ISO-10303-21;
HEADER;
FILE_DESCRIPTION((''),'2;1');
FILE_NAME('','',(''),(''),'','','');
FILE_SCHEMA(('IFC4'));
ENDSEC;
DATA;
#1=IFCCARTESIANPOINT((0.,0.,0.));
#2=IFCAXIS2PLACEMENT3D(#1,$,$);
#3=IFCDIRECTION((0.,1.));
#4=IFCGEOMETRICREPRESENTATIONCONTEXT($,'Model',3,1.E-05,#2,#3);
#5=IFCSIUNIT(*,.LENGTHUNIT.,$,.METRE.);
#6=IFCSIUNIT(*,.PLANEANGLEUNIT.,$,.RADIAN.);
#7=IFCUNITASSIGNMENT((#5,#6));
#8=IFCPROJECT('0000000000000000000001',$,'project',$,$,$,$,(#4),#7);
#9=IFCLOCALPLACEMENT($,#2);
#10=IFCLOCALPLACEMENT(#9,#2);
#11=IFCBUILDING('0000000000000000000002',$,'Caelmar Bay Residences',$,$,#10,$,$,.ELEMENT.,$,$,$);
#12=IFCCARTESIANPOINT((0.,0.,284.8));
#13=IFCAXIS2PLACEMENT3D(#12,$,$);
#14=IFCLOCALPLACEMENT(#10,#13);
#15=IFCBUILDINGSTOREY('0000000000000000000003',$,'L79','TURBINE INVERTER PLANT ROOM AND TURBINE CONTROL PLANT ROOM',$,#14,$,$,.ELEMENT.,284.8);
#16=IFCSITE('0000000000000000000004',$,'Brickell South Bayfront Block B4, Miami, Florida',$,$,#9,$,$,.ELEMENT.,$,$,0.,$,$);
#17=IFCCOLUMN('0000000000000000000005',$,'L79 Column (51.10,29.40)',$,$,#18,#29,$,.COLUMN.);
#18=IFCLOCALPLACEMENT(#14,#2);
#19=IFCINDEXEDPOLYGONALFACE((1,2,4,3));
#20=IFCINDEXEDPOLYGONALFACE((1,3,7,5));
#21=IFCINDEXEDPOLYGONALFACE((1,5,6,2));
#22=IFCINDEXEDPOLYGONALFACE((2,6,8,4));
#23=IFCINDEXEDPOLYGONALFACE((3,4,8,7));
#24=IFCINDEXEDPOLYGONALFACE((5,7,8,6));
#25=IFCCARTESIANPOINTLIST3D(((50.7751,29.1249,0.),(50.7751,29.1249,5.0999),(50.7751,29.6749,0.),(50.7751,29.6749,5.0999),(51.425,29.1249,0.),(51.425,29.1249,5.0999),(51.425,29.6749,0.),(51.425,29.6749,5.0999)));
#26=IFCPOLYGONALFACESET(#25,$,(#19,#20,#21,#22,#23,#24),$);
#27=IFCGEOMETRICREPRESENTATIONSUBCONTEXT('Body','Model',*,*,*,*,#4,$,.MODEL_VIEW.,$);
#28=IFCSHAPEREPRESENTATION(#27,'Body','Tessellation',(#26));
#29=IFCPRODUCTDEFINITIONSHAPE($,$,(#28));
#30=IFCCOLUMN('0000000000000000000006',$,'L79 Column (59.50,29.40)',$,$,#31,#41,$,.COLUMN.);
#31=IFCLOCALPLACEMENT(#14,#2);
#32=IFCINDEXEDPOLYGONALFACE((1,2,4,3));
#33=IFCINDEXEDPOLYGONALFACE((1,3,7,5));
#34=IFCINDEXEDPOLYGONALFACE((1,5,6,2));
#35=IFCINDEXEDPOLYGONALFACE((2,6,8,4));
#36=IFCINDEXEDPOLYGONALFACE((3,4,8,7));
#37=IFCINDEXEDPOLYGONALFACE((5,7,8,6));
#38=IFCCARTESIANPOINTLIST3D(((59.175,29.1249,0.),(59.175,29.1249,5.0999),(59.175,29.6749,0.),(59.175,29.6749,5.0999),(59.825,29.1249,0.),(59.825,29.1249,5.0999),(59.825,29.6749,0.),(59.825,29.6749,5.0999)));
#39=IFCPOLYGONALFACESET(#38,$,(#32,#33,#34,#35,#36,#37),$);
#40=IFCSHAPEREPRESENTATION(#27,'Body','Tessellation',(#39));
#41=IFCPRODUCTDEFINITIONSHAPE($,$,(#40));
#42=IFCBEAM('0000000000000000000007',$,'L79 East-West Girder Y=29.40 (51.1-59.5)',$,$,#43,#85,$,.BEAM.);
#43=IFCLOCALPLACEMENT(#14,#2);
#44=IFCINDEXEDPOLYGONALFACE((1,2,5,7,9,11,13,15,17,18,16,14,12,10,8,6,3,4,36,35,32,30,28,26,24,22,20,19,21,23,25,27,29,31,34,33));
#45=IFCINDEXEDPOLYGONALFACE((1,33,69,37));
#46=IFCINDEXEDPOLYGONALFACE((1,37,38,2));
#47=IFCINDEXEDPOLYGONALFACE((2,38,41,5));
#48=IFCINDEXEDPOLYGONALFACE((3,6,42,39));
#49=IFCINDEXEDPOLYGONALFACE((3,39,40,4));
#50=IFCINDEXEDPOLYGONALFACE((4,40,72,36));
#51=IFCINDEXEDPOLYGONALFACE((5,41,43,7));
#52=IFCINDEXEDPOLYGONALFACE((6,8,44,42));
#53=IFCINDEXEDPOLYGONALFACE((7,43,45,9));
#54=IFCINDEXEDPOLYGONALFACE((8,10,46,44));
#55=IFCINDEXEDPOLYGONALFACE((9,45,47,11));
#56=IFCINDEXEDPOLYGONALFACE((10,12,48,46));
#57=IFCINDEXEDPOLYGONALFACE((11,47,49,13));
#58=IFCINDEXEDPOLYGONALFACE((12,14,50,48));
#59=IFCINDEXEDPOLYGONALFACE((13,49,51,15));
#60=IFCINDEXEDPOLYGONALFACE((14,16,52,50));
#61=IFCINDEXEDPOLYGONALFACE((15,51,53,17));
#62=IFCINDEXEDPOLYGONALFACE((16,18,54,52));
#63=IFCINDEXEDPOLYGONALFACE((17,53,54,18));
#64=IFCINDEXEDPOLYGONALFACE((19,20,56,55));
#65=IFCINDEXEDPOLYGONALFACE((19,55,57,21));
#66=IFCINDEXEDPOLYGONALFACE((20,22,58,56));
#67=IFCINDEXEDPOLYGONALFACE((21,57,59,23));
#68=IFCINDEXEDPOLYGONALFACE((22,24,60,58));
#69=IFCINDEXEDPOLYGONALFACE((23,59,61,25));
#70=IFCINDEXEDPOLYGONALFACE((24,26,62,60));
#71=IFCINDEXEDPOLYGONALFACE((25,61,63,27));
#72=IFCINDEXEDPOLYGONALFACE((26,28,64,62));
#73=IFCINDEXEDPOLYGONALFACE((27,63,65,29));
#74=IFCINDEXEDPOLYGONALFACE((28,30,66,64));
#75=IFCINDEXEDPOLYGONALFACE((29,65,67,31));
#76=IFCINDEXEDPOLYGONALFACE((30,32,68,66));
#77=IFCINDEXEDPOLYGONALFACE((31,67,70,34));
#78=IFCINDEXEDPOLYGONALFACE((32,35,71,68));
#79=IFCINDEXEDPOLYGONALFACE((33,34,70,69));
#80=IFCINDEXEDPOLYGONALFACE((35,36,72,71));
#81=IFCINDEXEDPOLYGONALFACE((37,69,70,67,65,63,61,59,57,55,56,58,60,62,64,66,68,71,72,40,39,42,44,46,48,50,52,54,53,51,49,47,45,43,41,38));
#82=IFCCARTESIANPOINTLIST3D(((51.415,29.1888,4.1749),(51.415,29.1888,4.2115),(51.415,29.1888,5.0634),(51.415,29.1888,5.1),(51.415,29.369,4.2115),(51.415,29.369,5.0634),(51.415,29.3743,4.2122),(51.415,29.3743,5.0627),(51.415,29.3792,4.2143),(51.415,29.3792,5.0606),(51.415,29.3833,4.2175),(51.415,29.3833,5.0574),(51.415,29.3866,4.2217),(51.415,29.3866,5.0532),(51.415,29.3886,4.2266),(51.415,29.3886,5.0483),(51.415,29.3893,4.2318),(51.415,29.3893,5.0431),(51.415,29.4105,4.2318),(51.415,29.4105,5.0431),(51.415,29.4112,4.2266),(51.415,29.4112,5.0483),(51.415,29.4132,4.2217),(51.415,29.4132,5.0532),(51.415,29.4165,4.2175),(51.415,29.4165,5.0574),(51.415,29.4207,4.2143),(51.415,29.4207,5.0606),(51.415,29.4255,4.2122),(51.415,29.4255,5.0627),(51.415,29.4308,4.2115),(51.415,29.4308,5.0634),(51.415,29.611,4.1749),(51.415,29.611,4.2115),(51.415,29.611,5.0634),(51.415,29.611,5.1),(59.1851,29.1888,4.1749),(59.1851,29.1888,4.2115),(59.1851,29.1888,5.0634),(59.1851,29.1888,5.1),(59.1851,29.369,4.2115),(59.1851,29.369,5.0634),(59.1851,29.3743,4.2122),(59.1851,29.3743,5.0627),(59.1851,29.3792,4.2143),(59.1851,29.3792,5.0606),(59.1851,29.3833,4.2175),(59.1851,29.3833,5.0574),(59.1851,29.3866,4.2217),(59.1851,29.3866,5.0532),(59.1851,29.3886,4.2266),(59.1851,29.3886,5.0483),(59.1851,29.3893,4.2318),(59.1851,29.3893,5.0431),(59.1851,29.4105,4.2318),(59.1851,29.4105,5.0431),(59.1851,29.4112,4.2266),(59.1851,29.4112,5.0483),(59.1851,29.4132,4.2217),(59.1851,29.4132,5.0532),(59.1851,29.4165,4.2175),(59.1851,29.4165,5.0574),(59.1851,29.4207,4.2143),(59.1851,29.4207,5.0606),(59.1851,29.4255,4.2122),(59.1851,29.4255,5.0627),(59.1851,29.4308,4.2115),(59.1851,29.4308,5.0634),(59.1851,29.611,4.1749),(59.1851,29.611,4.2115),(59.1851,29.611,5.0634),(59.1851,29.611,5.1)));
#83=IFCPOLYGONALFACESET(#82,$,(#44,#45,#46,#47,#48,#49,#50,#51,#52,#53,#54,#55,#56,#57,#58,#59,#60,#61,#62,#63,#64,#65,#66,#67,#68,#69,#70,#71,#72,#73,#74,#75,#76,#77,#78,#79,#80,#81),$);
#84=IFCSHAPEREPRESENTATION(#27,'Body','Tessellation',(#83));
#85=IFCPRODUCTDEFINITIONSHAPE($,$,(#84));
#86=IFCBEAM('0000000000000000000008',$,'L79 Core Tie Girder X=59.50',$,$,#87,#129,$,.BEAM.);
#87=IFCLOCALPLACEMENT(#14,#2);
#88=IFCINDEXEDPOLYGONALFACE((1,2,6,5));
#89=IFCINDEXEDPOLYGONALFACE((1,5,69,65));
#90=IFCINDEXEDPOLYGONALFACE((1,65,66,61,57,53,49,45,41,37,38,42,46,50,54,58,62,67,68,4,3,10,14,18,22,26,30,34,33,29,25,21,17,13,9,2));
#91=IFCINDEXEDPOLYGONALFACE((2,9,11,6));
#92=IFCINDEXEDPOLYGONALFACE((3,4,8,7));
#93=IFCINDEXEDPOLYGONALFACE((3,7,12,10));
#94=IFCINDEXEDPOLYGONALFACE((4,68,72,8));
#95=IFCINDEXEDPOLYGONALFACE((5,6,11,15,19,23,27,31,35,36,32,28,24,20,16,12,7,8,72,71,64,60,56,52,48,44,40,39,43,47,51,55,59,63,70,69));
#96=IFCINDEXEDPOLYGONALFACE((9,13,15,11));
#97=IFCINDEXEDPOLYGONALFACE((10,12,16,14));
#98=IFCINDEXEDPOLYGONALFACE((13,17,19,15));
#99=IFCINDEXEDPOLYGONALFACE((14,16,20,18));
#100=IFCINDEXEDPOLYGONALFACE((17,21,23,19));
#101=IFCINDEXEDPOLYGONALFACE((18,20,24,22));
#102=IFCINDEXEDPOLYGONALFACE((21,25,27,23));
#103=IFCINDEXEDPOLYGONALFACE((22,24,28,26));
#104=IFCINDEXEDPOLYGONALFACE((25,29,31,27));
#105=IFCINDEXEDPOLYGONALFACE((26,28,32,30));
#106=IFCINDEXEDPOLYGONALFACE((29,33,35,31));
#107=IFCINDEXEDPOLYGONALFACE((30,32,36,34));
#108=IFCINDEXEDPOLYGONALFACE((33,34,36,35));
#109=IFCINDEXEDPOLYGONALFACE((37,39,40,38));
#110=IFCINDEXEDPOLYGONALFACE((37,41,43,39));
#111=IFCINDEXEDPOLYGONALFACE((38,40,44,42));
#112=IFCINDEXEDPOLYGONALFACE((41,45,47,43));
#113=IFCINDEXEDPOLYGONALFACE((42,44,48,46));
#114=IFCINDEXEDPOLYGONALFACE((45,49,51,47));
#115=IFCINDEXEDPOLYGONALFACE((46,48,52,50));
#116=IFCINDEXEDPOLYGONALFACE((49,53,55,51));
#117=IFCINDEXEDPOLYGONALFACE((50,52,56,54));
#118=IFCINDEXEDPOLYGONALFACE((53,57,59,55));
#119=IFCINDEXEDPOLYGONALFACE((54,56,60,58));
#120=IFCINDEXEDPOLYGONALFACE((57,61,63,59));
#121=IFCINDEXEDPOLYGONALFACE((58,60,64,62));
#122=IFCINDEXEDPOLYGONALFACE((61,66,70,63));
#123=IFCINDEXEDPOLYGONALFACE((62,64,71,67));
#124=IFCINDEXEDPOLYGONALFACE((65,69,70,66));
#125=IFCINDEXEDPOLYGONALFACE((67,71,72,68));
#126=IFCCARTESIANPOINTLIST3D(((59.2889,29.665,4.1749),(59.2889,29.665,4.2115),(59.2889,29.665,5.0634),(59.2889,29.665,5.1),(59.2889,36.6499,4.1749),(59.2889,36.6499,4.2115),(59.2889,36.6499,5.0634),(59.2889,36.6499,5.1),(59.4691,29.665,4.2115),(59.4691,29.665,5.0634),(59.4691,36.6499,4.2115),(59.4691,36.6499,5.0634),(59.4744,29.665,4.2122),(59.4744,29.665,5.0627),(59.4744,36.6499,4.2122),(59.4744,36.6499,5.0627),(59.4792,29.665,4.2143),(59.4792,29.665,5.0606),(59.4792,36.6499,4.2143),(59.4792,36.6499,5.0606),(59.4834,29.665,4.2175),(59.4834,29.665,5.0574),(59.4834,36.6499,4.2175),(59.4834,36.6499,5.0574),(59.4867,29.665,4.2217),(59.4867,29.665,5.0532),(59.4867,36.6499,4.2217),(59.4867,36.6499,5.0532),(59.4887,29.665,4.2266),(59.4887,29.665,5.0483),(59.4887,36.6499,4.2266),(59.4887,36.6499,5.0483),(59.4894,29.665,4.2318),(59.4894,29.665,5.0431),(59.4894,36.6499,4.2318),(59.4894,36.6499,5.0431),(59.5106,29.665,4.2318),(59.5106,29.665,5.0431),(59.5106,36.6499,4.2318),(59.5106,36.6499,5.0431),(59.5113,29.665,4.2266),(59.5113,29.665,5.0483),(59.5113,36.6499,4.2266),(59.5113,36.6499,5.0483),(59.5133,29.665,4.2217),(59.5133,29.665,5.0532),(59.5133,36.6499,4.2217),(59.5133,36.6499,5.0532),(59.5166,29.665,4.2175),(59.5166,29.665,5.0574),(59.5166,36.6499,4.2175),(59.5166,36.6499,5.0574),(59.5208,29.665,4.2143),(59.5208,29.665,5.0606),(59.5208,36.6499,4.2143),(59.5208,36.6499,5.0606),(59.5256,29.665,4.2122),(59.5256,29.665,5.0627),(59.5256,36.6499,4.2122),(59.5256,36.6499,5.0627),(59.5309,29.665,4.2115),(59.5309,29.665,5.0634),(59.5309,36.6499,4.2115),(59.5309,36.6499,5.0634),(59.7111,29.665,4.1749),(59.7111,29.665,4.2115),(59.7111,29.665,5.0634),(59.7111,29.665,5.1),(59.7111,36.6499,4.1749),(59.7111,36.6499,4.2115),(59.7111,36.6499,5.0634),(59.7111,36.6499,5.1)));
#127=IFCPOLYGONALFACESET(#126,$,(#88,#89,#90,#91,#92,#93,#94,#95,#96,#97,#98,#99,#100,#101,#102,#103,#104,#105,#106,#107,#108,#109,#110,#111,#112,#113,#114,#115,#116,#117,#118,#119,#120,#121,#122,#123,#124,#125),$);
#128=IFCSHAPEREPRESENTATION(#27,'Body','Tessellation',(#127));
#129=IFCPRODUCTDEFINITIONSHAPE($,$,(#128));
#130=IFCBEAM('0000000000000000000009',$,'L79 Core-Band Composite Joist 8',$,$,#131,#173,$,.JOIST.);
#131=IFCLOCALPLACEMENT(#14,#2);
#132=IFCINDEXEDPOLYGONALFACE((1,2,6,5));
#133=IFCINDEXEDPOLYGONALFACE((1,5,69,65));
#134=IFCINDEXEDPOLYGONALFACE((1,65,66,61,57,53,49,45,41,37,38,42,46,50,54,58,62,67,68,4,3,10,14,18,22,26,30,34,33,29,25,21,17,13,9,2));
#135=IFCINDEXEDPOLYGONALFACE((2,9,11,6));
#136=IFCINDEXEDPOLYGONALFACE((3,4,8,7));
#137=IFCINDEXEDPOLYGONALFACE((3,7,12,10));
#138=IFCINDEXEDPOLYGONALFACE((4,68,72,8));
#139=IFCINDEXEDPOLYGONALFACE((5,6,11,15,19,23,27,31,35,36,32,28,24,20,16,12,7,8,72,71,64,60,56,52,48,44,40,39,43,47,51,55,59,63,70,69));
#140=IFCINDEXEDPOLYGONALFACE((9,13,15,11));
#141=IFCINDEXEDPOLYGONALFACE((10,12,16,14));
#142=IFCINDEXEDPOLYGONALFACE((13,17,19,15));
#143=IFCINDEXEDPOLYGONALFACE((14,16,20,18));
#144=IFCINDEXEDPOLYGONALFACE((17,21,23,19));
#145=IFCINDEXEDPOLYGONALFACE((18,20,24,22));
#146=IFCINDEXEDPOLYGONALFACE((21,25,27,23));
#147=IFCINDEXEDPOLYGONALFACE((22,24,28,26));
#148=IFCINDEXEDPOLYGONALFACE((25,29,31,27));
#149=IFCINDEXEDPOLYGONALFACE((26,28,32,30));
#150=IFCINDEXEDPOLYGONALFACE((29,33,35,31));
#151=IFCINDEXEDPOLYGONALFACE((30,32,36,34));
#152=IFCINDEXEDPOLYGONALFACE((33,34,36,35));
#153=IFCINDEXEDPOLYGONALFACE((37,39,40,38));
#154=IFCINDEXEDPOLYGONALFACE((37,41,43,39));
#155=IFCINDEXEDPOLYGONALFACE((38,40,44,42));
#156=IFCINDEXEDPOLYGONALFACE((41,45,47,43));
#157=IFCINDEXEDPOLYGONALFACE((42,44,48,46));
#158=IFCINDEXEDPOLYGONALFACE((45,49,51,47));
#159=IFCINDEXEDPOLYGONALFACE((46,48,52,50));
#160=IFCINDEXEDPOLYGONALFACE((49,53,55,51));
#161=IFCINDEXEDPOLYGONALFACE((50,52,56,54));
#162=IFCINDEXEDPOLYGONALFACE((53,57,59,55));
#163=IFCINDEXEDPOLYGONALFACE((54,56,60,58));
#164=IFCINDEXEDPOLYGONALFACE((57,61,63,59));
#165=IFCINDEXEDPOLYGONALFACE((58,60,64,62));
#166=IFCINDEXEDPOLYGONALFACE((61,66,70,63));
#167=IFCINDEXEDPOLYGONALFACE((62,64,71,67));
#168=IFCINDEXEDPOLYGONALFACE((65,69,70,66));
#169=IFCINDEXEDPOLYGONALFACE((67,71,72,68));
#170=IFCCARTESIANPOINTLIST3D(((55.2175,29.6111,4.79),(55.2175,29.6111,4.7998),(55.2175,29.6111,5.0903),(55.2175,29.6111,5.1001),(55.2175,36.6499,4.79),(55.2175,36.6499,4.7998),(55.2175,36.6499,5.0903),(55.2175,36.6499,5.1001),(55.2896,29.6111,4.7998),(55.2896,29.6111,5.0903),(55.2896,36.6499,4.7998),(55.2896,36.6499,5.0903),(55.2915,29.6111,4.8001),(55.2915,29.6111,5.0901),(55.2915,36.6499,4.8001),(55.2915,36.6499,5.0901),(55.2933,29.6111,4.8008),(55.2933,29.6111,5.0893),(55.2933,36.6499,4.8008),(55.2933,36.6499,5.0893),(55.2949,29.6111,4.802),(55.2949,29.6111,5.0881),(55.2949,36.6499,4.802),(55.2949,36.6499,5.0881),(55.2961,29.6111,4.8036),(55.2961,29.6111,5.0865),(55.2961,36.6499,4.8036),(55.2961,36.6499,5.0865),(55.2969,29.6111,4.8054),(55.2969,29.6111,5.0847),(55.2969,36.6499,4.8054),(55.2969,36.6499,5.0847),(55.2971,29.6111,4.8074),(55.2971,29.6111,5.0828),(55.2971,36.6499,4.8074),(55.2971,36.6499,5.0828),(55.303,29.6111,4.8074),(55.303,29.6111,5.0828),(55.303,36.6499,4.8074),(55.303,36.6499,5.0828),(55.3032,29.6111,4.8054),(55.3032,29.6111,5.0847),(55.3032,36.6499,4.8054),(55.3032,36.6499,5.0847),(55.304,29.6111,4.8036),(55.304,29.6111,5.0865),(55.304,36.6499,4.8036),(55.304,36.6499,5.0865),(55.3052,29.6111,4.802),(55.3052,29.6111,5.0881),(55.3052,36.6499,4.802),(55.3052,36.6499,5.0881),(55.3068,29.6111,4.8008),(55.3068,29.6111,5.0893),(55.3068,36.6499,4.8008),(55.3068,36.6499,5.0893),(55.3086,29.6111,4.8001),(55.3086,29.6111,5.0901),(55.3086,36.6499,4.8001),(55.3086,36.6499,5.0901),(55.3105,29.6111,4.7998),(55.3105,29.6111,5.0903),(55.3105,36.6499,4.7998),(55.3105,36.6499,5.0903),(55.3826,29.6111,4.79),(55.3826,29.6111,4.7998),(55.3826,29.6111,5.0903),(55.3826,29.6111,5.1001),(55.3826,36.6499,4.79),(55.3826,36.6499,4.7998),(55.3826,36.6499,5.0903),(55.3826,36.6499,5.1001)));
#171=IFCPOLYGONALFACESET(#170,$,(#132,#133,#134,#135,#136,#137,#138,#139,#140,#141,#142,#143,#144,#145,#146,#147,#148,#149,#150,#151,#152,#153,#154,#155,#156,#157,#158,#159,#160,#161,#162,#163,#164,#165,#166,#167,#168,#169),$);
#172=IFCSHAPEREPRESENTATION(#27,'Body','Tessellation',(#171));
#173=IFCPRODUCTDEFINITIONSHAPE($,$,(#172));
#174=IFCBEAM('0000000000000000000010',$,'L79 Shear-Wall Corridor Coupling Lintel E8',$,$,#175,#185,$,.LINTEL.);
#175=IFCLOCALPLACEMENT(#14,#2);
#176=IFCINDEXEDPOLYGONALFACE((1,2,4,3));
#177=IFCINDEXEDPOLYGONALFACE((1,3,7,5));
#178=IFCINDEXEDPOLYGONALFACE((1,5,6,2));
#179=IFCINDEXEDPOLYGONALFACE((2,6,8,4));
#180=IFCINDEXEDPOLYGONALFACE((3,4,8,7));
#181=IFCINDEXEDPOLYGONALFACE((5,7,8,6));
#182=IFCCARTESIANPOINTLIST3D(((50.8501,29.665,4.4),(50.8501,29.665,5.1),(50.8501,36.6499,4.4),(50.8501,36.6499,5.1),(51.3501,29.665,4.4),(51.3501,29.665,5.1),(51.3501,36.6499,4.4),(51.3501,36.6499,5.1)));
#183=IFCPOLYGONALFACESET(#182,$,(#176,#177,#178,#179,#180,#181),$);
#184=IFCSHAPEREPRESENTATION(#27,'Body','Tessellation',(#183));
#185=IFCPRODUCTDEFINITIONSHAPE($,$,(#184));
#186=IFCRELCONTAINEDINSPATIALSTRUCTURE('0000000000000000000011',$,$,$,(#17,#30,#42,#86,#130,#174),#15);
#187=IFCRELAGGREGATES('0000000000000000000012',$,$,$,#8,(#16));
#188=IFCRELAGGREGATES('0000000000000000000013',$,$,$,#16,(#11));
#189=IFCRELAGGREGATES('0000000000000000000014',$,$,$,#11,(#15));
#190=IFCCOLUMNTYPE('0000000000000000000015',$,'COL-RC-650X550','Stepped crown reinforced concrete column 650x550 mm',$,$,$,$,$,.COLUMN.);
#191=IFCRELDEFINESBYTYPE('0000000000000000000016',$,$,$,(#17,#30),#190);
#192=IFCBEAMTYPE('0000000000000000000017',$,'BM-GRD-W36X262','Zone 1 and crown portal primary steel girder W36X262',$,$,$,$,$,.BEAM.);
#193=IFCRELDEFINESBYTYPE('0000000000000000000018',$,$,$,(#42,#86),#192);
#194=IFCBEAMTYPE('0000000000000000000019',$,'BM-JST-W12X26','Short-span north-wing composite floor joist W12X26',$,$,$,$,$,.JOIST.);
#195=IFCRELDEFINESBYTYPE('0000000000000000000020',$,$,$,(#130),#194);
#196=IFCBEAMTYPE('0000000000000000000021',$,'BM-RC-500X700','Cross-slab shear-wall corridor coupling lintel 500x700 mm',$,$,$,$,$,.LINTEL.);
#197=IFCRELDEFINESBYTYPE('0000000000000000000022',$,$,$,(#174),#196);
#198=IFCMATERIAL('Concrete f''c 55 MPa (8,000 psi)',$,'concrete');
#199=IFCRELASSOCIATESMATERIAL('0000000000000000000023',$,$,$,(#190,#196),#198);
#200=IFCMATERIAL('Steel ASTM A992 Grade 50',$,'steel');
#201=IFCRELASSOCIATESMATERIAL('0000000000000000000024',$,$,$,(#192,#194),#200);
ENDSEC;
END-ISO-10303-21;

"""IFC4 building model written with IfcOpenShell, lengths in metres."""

from ifc_helpers import new_model, si_unit, direction, frame, origin, origin_2d, place, context, subcontext, project, spatial, rectangle, i_section, extrude, material, material_profile, profile_set, type_object, element, save


model = new_model("IFC4")

# Units and contexts
model_context = context("Model", 3, precision=1e-05, world=origin(), true_north=direction((0.0, 1.0)))
body_context = subcontext(model_context, "Body", "Model", "MODEL_VIEW")
ifc_project = project(units=[si_unit("LENGTHUNIT", "METRE"), si_unit("PLANEANGLEUNIT", "RADIAN")], contexts=[model_context])

# Site, building, storey
site_placement = place(None, origin())
site = spatial("IfcSite", under=ifc_project, at=site_placement, Name="Brickell South Bayfront Block B4, Miami, Florida", CompositionType="ELEMENT", RefElevation=0.0)
building_placement = place(site_placement, origin())
building = spatial("IfcBuilding", under=site, at=building_placement, Name="Caelmar Bay Residences", CompositionType="ELEMENT")
storey_placement = place(building_placement, frame((0.0, 0.0, 284.8)))
storey = spatial("IfcBuildingStorey", under=building, at=storey_placement, Name="L79", Description="TURBINE INVERTER PLANT ROOM AND TURBINE CONTROL PLANT ROOM", CompositionType="ELEMENT", Elevation=284.8)

# Columns
ifc_material_1 = material(Name="Concrete f'c 55 MPa (8,000 psi)", Category="concrete")
ifc_material_profile_1 = material_profile(ifc_material_1, rectangle(XDim=0.6499, YDim=0.55, at=origin_2d()), Name="RC-COL-650X550")
ifc_profile_set_1 = profile_set([ifc_material_profile_1], Name="Concrete f'c 55 MPa (8,000 psi)")
column_type = type_object("IfcColumnType", Name="COL-RC-650X550", Description="Stepped crown reinforced concrete column 650x550 mm", PredefinedType="COLUMN", material=ifc_profile_set_1)
for number, where, z_axis, x_axis, name in (
    (1, (51.1001, 29.3999, 0.0), (0.0, 0.0, 1.0), (1.0, 0.0, 0.0), "L79 Column (51.10,29.40)"),
    (2, (59.5, 29.3999, 0.0), (0.0, 0.0, 1.0), (1.0, 0.0, 0.0), "L79 Column (59.50,29.40)"),
):
    element("IfcColumn", number, at=place(storey_placement, frame(where, z_axis=z_axis, x_axis=x_axis)), inside=storey, type_object=column_type, Name=name, PredefinedType="COLUMN", context=body_context, shape_type="SweptSolid", body=[
        extrude(rectangle(XDim=0.6499, YDim=0.55, at=origin_2d()), origin(), (0.0, 0.0, 1.0), 5.0999),
    ])

# Beams
ifc_material_2 = material(Name="Steel ASTM A992 Grade 50", Category="steel")
ifc_material_profile_2 = material_profile(ifc_material_2, i_section(OverallWidth=0.4221, OverallDepth=0.925, WebThickness=0.0212, FlangeThickness=0.0366, FilletRadius=0.0203, at=origin_2d()), Name="W36X262")
ifc_profile_set_2 = profile_set([ifc_material_profile_2], Name="Steel ASTM A992 Grade 50")
beam_type_1 = type_object("IfcBeamType", Name="BM-GRD-W36X262", Description="Zone 1 and crown portal primary steel girder W36X262", PredefinedType="BEAM", material=ifc_profile_set_2)
beam_1_placement = place(storey_placement, frame((51.415, 29.3999, 4.6375), z_axis=(1.0, 0.0, 0.0), x_axis=(0.0, 1.0, 0.0)))
element("IfcBeam", 3, at=beam_1_placement, inside=storey, type_object=beam_type_1, Name="L79 East-West Girder Y=29.40 (51.1-59.5)", PredefinedType="BEAM", context=body_context, shape_type="SweptSolid", body=[
    extrude(i_section(OverallWidth=0.4221, OverallDepth=0.925, WebThickness=0.0212, FlangeThickness=0.0366, FilletRadius=0.0203, at=origin_2d()), origin(), (0.0, 0.0, 1.0), 7.77),
])
beam_2_placement = place(storey_placement, frame((59.5, 29.665, 4.6375), z_axis=(0.0, 1.0, 0.0), x_axis=(-1.0, 0.0, 0.0)))
element("IfcBeam", 4, at=beam_2_placement, inside=storey, type_object=beam_type_1, Name="L79 Core Tie Girder X=59.50", PredefinedType="BEAM", context=body_context, shape_type="SweptSolid", body=[
    extrude(i_section(OverallWidth=0.4221, OverallDepth=0.925, WebThickness=0.0212, FlangeThickness=0.0366, FilletRadius=0.0203, at=origin_2d()), origin(), (0.0, 0.0, 1.0), 6.9849),
])
ifc_material_profile_3 = material_profile(ifc_material_2, i_section(OverallWidth=0.165, OverallDepth=0.3101, WebThickness=0.0059, FlangeThickness=0.0098, FilletRadius=0.0076, at=origin_2d()), Name="W12X26")
ifc_profile_set_3 = profile_set([ifc_material_profile_3], Name="Steel ASTM A992 Grade 50")
beam_type_2 = type_object("IfcBeamType", Name="BM-JST-W12X26", Description="Short-span north-wing composite floor joist W12X26", PredefinedType="JOIST", material=ifc_profile_set_3)
beam_3_placement = place(storey_placement, frame((55.3, 29.6111, 4.9451), z_axis=(0.0, 1.0, 0.0), x_axis=(-1.0, 0.0, 0.0)))
element("IfcBeam", 5, at=beam_3_placement, inside=storey, type_object=beam_type_2, Name="L79 Core-Band Composite Joist 8", PredefinedType="JOIST", context=body_context, shape_type="SweptSolid", body=[
    extrude(i_section(OverallWidth=0.165, OverallDepth=0.3101, WebThickness=0.0059, FlangeThickness=0.0098, FilletRadius=0.0076, at=origin_2d()), origin(), (0.0, 0.0, 1.0), 7.0388),
])
ifc_material_profile_4 = material_profile(ifc_material_1, rectangle(XDim=0.5, YDim=0.7, at=origin_2d()), Name="RC-BM-500X700")
ifc_profile_set_4 = profile_set([ifc_material_profile_4], Name="Concrete f'c 55 MPa (8,000 psi)")
beam_type_3 = type_object("IfcBeamType", Name="BM-RC-500X700", Description="Cross-slab shear-wall corridor coupling lintel 500x700 mm", PredefinedType="LINTEL", material=ifc_profile_set_4)
beam_4_placement = place(storey_placement, frame((51.1001, 29.665, 4.75), z_axis=(0.0, 1.0, 0.0), x_axis=(-1.0, 0.0, 0.0)))
element("IfcBeam", 6, at=beam_4_placement, inside=storey, type_object=beam_type_3, Name="L79 Shear-Wall Corridor Coupling Lintel E8", PredefinedType="LINTEL", context=body_context, shape_type="SweptSolid", body=[
    extrude(rectangle(XDim=0.5, YDim=0.7, at=origin_2d()), origin(), (0.0, 0.0, 1.0), 6.9849),
])

save(model, "model.ifc")
